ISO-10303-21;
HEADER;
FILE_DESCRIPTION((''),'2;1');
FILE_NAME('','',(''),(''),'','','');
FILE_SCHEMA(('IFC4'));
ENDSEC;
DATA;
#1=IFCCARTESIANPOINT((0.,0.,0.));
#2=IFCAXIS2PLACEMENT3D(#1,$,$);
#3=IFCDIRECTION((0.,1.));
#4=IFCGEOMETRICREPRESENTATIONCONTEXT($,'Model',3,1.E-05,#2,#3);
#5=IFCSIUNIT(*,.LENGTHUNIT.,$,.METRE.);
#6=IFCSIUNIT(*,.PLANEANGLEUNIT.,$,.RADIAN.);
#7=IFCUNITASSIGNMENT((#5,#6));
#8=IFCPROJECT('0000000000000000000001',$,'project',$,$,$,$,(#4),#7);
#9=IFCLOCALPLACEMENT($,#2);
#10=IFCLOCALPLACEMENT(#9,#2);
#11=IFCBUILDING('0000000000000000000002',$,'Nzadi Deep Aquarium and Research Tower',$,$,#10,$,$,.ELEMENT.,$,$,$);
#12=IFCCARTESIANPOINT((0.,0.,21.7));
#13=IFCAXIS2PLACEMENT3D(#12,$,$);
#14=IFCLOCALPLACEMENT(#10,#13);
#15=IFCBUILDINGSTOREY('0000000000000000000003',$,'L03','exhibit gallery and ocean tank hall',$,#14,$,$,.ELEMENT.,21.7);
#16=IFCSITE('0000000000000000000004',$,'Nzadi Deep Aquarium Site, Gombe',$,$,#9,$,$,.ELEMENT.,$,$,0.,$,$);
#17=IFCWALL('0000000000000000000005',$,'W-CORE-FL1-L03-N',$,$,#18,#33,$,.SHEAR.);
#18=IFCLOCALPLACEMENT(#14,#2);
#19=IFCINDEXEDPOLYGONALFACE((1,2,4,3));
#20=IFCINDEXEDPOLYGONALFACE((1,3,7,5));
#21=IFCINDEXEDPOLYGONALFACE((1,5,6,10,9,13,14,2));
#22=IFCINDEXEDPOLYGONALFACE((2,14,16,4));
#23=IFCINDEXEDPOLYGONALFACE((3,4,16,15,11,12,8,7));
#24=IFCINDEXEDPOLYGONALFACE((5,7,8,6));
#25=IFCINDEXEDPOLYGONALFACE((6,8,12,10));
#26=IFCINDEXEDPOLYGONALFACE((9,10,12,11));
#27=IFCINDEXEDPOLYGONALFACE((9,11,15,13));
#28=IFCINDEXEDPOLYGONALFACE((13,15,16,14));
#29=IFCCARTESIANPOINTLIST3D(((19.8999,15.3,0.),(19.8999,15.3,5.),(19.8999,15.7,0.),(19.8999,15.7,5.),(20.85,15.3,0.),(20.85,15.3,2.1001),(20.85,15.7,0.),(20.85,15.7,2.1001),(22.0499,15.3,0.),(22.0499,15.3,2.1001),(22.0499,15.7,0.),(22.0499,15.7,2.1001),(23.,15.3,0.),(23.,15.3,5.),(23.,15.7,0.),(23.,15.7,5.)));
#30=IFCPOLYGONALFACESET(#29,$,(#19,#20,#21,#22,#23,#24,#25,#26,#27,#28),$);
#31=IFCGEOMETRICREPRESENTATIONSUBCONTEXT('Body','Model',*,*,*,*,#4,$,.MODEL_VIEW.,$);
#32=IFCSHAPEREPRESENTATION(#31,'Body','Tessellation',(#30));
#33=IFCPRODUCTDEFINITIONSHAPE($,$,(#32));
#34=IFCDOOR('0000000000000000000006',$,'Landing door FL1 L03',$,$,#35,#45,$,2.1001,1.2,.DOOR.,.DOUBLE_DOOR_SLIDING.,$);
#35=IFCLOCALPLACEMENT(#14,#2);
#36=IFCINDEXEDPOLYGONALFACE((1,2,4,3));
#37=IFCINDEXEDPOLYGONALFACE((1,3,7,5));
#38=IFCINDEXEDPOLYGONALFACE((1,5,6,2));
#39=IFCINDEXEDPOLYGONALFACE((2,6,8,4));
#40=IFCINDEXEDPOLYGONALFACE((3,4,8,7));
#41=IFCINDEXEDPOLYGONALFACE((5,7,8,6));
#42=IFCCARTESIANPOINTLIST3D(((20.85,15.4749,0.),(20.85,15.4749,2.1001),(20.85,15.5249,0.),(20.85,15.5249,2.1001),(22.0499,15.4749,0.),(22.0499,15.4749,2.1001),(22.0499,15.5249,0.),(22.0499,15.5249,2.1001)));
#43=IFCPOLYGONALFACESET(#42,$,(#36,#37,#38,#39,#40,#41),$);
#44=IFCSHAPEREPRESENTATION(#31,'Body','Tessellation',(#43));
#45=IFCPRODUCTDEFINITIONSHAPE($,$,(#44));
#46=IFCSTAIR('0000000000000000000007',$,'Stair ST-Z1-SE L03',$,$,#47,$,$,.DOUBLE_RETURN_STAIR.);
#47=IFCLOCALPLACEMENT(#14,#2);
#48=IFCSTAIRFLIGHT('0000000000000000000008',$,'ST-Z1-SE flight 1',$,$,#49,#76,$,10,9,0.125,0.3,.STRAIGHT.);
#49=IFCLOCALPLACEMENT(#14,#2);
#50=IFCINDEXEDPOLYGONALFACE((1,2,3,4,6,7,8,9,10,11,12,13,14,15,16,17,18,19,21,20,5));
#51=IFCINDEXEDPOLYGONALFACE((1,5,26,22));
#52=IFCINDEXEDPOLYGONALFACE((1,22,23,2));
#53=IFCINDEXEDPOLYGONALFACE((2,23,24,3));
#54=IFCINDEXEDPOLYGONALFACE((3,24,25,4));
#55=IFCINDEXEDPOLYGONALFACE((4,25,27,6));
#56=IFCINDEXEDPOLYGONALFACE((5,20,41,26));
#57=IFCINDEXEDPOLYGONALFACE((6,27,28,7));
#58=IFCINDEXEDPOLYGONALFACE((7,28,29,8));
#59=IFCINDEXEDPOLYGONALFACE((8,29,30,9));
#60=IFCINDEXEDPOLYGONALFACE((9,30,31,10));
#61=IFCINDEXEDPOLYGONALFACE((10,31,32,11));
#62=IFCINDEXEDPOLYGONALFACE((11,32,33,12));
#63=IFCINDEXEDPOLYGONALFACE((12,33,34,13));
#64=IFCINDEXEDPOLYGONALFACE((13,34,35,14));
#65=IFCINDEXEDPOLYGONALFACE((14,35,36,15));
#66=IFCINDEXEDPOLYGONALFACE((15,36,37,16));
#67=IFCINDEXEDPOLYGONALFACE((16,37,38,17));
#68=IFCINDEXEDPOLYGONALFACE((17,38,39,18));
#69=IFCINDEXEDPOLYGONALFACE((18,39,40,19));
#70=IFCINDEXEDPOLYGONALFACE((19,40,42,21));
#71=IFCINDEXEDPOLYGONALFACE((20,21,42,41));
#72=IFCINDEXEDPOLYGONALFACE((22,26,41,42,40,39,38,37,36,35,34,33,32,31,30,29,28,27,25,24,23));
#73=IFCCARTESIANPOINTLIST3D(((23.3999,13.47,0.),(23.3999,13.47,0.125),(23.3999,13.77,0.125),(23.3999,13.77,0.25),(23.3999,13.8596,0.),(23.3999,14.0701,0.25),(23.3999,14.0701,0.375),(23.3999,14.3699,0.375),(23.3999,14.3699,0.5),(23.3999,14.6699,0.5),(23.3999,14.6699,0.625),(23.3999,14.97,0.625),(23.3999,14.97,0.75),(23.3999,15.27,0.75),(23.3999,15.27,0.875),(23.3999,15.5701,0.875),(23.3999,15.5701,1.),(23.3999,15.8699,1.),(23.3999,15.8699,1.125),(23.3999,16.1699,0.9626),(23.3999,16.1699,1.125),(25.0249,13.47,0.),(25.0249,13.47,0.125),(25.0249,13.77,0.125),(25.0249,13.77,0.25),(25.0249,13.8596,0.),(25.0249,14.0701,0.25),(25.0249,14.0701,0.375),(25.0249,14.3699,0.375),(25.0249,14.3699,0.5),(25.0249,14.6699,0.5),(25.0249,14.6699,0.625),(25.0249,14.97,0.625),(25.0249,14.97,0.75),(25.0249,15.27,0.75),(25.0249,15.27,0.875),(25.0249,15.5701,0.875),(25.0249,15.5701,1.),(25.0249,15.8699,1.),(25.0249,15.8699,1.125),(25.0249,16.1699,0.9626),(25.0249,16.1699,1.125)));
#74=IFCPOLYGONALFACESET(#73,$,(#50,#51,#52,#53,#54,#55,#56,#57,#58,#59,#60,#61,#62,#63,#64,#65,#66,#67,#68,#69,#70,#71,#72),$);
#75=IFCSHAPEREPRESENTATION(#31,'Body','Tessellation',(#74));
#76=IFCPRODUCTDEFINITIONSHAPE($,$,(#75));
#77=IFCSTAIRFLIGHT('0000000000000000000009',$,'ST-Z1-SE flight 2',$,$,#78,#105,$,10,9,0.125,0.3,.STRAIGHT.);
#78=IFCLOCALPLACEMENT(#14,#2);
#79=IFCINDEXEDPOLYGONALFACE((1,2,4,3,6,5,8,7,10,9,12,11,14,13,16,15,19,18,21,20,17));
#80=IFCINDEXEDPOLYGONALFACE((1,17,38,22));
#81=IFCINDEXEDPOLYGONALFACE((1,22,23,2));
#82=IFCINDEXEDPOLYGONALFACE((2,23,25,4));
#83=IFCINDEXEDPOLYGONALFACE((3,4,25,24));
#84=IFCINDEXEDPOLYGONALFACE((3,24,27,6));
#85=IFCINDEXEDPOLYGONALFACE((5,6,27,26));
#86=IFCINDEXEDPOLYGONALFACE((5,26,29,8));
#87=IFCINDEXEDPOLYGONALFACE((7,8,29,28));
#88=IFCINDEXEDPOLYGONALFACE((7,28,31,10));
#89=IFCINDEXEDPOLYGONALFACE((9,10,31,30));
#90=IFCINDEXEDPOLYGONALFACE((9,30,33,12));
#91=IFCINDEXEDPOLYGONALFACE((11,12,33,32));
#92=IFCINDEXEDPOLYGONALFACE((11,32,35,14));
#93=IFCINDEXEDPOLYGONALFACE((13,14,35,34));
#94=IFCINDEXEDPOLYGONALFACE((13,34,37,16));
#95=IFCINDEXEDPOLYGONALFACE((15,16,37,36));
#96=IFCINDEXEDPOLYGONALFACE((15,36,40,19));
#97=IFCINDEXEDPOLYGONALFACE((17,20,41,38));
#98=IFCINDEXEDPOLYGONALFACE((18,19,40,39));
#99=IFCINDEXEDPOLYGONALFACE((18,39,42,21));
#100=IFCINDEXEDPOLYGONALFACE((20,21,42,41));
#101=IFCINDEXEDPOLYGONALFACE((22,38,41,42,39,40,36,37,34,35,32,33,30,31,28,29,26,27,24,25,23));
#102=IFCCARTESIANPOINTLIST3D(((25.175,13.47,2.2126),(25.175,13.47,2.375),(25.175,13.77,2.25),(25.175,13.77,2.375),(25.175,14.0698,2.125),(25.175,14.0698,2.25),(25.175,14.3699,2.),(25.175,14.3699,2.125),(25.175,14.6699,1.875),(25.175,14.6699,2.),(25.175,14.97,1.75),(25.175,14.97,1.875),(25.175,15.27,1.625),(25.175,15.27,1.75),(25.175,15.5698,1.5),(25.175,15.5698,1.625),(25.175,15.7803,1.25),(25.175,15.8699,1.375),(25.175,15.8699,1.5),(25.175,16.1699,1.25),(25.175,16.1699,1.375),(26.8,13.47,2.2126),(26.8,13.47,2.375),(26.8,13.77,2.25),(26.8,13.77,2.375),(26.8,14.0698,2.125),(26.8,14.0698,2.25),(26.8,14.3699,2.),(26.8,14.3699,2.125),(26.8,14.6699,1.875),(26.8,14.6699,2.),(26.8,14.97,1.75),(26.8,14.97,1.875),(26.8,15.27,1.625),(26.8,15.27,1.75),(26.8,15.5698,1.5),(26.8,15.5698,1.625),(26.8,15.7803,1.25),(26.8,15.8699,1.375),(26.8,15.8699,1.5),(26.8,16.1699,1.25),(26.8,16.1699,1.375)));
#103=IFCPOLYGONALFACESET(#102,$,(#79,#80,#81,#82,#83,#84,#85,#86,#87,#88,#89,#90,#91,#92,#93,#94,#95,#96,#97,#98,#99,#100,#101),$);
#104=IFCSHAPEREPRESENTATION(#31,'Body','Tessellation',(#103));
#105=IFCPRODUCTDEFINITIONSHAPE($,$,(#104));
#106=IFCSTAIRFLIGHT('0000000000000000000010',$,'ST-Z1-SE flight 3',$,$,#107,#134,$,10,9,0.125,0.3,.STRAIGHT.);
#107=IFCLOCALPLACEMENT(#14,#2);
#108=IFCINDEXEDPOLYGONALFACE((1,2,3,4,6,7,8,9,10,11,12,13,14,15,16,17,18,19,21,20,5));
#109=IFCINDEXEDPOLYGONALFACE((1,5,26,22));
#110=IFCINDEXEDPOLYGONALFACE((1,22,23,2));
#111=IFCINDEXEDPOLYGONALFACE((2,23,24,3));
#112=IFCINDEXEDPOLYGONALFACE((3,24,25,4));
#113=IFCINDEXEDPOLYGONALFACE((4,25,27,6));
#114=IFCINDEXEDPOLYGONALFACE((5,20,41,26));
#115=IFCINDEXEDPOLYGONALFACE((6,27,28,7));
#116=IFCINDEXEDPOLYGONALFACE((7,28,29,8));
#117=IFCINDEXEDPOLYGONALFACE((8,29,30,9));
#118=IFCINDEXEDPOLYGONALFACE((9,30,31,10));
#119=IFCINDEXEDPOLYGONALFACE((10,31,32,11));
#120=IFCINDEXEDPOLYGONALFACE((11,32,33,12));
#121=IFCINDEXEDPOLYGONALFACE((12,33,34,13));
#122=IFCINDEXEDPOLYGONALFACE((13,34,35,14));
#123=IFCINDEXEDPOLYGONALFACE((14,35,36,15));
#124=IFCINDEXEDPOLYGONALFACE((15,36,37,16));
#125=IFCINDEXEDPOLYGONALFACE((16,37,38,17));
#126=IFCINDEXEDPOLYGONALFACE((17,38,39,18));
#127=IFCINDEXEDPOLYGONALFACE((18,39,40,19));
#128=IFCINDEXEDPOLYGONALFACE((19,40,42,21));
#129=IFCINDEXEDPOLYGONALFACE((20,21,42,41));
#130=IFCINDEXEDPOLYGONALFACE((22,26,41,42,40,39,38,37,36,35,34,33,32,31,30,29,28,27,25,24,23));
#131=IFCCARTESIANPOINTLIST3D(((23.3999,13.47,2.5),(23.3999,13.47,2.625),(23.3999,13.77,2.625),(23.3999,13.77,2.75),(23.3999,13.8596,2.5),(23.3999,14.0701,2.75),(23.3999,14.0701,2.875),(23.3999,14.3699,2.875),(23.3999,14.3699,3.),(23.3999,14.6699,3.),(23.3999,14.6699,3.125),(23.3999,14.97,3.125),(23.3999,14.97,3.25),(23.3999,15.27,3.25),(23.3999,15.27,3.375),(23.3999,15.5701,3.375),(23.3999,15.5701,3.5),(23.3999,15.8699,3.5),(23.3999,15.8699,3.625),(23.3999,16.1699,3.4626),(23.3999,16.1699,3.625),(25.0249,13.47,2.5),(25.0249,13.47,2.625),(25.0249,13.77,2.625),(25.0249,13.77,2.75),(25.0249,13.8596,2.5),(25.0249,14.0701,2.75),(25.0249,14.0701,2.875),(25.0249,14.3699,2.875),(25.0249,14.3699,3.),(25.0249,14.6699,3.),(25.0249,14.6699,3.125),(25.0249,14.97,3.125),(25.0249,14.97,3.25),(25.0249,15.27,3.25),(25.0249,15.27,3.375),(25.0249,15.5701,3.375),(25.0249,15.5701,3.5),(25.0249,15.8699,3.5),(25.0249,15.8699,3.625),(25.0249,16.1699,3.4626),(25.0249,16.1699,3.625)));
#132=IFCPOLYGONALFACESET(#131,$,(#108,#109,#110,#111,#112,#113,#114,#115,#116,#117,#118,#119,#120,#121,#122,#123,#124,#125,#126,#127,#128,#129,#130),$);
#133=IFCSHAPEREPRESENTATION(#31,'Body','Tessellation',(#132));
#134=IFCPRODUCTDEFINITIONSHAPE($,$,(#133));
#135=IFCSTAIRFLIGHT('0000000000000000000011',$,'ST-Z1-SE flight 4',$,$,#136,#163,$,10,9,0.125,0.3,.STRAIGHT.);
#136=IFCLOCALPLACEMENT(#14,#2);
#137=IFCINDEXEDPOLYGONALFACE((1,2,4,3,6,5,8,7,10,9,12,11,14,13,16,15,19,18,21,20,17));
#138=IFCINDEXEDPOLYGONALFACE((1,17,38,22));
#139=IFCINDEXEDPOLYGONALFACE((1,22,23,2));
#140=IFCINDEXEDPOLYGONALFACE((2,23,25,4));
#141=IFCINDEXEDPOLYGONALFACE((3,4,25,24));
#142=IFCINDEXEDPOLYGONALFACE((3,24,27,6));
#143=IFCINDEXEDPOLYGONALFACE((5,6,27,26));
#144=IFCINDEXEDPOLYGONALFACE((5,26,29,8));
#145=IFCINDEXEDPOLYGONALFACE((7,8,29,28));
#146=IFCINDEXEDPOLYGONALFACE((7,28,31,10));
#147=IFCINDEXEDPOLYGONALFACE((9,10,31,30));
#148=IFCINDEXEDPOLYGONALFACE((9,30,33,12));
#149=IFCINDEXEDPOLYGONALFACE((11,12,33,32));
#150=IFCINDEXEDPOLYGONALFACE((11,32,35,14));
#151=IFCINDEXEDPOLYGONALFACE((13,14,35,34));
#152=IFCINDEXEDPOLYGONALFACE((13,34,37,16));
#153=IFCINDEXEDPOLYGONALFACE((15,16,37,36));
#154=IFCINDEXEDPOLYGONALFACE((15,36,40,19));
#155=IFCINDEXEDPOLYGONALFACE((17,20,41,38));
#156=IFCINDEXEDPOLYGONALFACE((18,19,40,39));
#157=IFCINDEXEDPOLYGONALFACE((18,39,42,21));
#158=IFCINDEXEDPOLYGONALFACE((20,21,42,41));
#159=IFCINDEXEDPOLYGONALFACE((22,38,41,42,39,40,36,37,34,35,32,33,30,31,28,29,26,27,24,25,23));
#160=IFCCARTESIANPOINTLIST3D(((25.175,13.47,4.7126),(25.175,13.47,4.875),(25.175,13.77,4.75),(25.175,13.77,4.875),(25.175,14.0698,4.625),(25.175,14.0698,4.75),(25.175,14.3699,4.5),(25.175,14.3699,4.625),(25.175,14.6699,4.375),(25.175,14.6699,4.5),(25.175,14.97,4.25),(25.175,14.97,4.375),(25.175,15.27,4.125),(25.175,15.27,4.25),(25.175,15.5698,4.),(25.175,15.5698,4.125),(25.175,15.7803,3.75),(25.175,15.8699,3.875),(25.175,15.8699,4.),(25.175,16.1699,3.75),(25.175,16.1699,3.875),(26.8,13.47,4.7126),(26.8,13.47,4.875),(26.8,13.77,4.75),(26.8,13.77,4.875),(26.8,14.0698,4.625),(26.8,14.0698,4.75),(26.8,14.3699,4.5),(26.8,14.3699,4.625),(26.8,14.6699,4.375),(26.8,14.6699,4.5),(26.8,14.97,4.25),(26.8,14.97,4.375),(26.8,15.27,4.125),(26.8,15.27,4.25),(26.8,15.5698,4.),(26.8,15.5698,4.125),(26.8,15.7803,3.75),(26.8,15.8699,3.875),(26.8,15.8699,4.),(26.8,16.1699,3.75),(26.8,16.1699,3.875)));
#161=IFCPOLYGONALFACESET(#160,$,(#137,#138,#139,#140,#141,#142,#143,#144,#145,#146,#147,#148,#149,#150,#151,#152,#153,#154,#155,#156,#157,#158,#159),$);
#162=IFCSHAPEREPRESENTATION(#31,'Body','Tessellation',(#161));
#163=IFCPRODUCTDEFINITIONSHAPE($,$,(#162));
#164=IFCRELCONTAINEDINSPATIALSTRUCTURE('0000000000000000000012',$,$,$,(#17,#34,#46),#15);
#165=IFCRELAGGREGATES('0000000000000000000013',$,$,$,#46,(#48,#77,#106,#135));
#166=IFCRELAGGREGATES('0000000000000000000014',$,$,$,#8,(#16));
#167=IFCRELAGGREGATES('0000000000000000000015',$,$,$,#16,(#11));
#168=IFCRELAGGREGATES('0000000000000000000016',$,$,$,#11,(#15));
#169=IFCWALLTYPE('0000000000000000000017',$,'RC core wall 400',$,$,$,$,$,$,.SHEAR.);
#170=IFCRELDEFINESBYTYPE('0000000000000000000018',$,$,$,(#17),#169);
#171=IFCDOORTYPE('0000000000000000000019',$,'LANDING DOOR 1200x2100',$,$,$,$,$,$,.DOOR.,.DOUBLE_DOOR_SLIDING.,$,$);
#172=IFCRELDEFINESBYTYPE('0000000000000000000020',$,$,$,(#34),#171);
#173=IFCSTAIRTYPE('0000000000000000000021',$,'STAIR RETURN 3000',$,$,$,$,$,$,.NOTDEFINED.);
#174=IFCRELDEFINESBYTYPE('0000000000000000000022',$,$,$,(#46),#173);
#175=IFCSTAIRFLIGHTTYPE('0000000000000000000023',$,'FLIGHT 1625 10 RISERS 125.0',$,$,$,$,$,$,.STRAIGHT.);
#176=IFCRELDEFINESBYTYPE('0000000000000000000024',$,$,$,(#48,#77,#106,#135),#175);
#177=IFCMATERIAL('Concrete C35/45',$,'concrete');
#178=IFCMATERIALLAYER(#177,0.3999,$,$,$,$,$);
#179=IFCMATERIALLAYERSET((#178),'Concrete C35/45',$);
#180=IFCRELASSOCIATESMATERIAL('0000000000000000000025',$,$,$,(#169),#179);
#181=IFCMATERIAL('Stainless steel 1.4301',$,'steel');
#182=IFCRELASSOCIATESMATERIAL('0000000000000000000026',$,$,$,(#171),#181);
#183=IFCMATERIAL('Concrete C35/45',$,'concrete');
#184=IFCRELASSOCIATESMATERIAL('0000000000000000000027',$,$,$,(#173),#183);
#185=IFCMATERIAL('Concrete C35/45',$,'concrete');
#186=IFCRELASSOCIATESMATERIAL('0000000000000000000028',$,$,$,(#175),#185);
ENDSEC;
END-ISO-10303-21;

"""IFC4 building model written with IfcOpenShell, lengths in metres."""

from ifc_helpers import new_model, si_unit, direction, frame, frame_2d, origin, place, context, subcontext, project, spatial, polyline, rectangle, outline, extrude, material, layer, layer_set, type_object, element, fill, aggregate, save


model = new_model("IFC4")

# Units and contexts
model_context = context("Model", 3, precision=1e-05, world=origin(), true_north=direction((0.0, 1.0)))
body_context = subcontext(model_context, "Body", "Model", "MODEL_VIEW")
ifc_project = project(units=[si_unit("LENGTHUNIT", "METRE"), si_unit("PLANEANGLEUNIT", "RADIAN")], contexts=[model_context])

# Site, building, storey
site_placement = place(None, origin())
site = spatial("IfcSite", under=ifc_project, at=site_placement, Name="Nzadi Deep Aquarium Site, Gombe", CompositionType="ELEMENT", RefElevation=0.0)
building_placement = place(site_placement, origin())
building = spatial("IfcBuilding", under=site, at=building_placement, Name="Nzadi Deep Aquarium and Research Tower", CompositionType="ELEMENT")
storey_placement = place(building_placement, frame((0.0, 0.0, 21.7)))
storey = spatial("IfcBuildingStorey", under=building, at=storey_placement, Name="L03", Description="exhibit gallery and ocean tank hall", CompositionType="ELEMENT", Elevation=21.7)

# Shared definitions
ifc_material_1 = material(Name="Concrete C35/45", Category="concrete")
ifc_layer_1 = layer(ifc_material_1, 0.3999)
ifc_layer_set_1 = layer_set([ifc_layer_1], Name="Concrete C35/45")
wall_type_1 = type_object("IfcWallType", Name="RC core wall 400", PredefinedType="SHEAR", material=ifc_layer_set_1)

# Wall, opening, door
wall_1_placement = place(storey_placement, frame((19.8999, 15.5, 0.0), z_axis=(0.0, 0.0, 1.0), x_axis=(1.0, 0.0, 0.0)))
wall_1 = element("IfcWall", 1, at=wall_1_placement, inside=storey, type_object=wall_type_1, Name="W-CORE-FL1-L03-N", PredefinedType="SHEAR", context=body_context, shape_type="SweptSolid", body=[
    extrude(rectangle(XDim=3.1001, YDim=0.3999, at=frame_2d((1.55, 0.0))), origin(), (0.0, 0.0, 1.0), 5.0),
])
opening_1_placement = place(wall_1_placement, frame((0.95, 0.0, 0.0)))
opening_1 = element("IfcOpeningElement", 2, at=opening_1_placement, cuts=wall_1, PredefinedType="OPENING", context=body_context, shape_type="SweptSolid", body=[
    extrude(rectangle(XDim=1.2, YDim=2.1001, at=frame_2d((0.6001, 1.05))), frame((0.0, 0.21, 0.0), z_axis=(0.0, -1.0, 0.0), x_axis=(1.0, 0.0, 0.0)), (0.0, 0.0, 1.0), 0.4199),
])
ifc_material_2 = material(Name="Stainless steel 1.4301", Category="steel")
door_type_1 = type_object("IfcDoorType", Name="LANDING DOOR 1200x2100", OperationType="DOUBLE_DOOR_SLIDING", PredefinedType="DOOR", material=ifc_material_2)
door_1_placement = place(opening_1_placement, origin())
door_1 = element("IfcDoor", 3, at=door_1_placement, inside=storey, type_object=door_type_1, Name="Landing door FL1 L03", OperationType="DOUBLE_DOOR_SLIDING", OverallHeight=2.1001, OverallWidth=1.2, PredefinedType="DOOR", context=body_context, shape_type="SweptSolid", body=[
    extrude(rectangle(XDim=1.2, YDim=2.1001, at=frame_2d((0.6001, 1.05))), frame((0.0, 0.0249, 0.0), z_axis=(0.0, -1.0, 0.0), x_axis=(1.0, 0.0, 0.0)), (0.0, 0.0, 1.0), 0.05),
])
fill(opening_1, door_1)

# Stair, stair flights
ifc_material_3 = material(Name="Concrete C35/45", Category="concrete")
stair_type = type_object("IfcStairType", Name="STAIR RETURN 3000", PredefinedType="NOTDEFINED", material=ifc_material_3)
stair_placement = place(storey_placement, origin())
stair = element("IfcStair", 4, at=stair_placement, inside=storey, type_object=stair_type, Name="Stair ST-Z1-SE L03", PredefinedType="DOUBLE_RETURN_STAIR")
ifc_material_4 = material(Name="Concrete C35/45", Category="concrete")
stair_flight_type = type_object("IfcStairFlightType", Name="FLIGHT 1625 10 RISERS 125.0", PredefinedType="STRAIGHT", material=ifc_material_4)
stair_flight_1_placement = place(storey_placement, frame((24.2124, 13.47, 0.0), z_axis=(0.0, 0.0, 1.0), x_axis=(0.0, 1.0, 0.0)))
stair_flight_1 = element("IfcStairFlight", 5, at=stair_flight_1_placement, type_object=stair_flight_type, Name="ST-Z1-SE flight 1", NumberOfRisers=10, NumberOfTreads=9, PredefinedType="STRAIGHT", RiserHeight=0.125, TreadLength=0.3, context=body_context, shape_type="SweptSolid", body=[
    extrude(outline(polyline([(0.0, 0.0), (0.0, 0.125), (0.3, 0.125), (0.3, 0.25), (0.6001, 0.25), (0.6001, 0.375), (0.8999, 0.375), (0.8999, 0.5), (1.2, 0.5), (1.2, 0.625), (1.5, 0.625), (1.5, 0.75), (1.8, 0.75), (1.8, 0.875), (2.1001, 0.875), (2.1001, 1.0), (2.3999, 1.0), (2.3999, 1.125), (2.7, 1.125), (2.7, 1.25), (2.7, 0.9626), (0.3896, 0.0), (0.0, 0.0)])), frame((0.0, 0.8125, 0.0), z_axis=(0.0, -1.0, 0.0), x_axis=(1.0, 0.0, 0.0)), (0.0, 0.0, 1.0), 1.625),
])
stair_flight_2_placement = place(storey_placement, frame((25.9875, 16.1699, 1.25), z_axis=(0.0, 0.0, 1.0), x_axis=(0.0, -1.0, 0.0)))
stair_flight_2 = element("IfcStairFlight", 6, at=stair_flight_2_placement, type_object=stair_flight_type, Name="ST-Z1-SE flight 2", NumberOfRisers=10, NumberOfTreads=9, PredefinedType="STRAIGHT", RiserHeight=0.125, TreadLength=0.3, context=body_context, shape_type="SweptSolid", body=[
    extrude(outline(polyline([(0.0, 0.0), (0.0, 0.125), (0.3, 0.125), (0.3, 0.25), (0.6001, 0.25), (0.6001, 0.375), (0.8999, 0.375), (0.8999, 0.5), (1.2, 0.5), (1.2, 0.625), (1.5, 0.625), (1.5, 0.75), (1.8, 0.75), (1.8, 0.875), (2.1001, 0.875), (2.1001, 1.0), (2.3999, 1.0), (2.3999, 1.125), (2.7, 1.125), (2.7, 1.25), (2.7, 0.9626), (0.3896, 0.0), (0.0, 0.0)])), frame((0.0, 0.8125, 0.0), z_axis=(0.0, -1.0, 0.0), x_axis=(1.0, 0.0, 0.0)), (0.0, 0.0, 1.0), 1.625),
])
stair_flight_3_placement = place(storey_placement, frame((24.2124, 13.47, 2.5), z_axis=(0.0, 0.0, 1.0), x_axis=(0.0, 1.0, 0.0)))
stair_flight_3 = element("IfcStairFlight", 7, at=stair_flight_3_placement, type_object=stair_flight_type, Name="ST-Z1-SE flight 3", NumberOfRisers=10, NumberOfTreads=9, PredefinedType="STRAIGHT", RiserHeight=0.125, TreadLength=0.3, context=body_context, shape_type="SweptSolid", body=[
    extrude(outline(polyline([(0.0, 0.0), (0.0, 0.125), (0.3, 0.125), (0.3, 0.25), (0.6001, 0.25), (0.6001, 0.375), (0.8999, 0.375), (0.8999, 0.5), (1.2, 0.5), (1.2, 0.625), (1.5, 0.625), (1.5, 0.75), (1.8, 0.75), (1.8, 0.875), (2.1001, 0.875), (2.1001, 1.0), (2.3999, 1.0), (2.3999, 1.125), (2.7, 1.125), (2.7, 1.25), (2.7, 0.9626), (0.3896, 0.0), (0.0, 0.0)])), frame((0.0, 0.8125, 0.0), z_axis=(0.0, -1.0, 0.0), x_axis=(1.0, 0.0, 0.0)), (0.0, 0.0, 1.0), 1.625),
])
stair_flight_4_placement = place(storey_placement, frame((25.9875, 16.1699, 3.75), z_axis=(0.0, 0.0, 1.0), x_axis=(0.0, -1.0, 0.0)))
stair_flight_4 = element("IfcStairFlight", 8, at=stair_flight_4_placement, type_object=stair_flight_type, Name="ST-Z1-SE flight 4", NumberOfRisers=10, NumberOfTreads=9, PredefinedType="STRAIGHT", RiserHeight=0.125, TreadLength=0.3, context=body_context, shape_type="SweptSolid", body=[
    extrude(outline(polyline([(0.0, 0.0), (0.0, 0.125), (0.3, 0.125), (0.3, 0.25), (0.6001, 0.25), (0.6001, 0.375), (0.8999, 0.375), (0.8999, 0.5), (1.2, 0.5), (1.2, 0.625), (1.5, 0.625), (1.5, 0.75), (1.8, 0.75), (1.8, 0.875), (2.1001, 0.875), (2.1001, 1.0), (2.3999, 1.0), (2.3999, 1.125), (2.7, 1.125), (2.7, 1.25), (2.7, 0.9626), (0.3896, 0.0), (0.0, 0.0)])), frame((0.0, 0.8125, 0.0), z_axis=(0.0, -1.0, 0.0), x_axis=(1.0, 0.0, 0.0)), (0.0, 0.0, 1.0), 1.625),
])
aggregate(stair, [stair_flight_1, stair_flight_2, stair_flight_3, stair_flight_4])

save(model, "model.ifc")
